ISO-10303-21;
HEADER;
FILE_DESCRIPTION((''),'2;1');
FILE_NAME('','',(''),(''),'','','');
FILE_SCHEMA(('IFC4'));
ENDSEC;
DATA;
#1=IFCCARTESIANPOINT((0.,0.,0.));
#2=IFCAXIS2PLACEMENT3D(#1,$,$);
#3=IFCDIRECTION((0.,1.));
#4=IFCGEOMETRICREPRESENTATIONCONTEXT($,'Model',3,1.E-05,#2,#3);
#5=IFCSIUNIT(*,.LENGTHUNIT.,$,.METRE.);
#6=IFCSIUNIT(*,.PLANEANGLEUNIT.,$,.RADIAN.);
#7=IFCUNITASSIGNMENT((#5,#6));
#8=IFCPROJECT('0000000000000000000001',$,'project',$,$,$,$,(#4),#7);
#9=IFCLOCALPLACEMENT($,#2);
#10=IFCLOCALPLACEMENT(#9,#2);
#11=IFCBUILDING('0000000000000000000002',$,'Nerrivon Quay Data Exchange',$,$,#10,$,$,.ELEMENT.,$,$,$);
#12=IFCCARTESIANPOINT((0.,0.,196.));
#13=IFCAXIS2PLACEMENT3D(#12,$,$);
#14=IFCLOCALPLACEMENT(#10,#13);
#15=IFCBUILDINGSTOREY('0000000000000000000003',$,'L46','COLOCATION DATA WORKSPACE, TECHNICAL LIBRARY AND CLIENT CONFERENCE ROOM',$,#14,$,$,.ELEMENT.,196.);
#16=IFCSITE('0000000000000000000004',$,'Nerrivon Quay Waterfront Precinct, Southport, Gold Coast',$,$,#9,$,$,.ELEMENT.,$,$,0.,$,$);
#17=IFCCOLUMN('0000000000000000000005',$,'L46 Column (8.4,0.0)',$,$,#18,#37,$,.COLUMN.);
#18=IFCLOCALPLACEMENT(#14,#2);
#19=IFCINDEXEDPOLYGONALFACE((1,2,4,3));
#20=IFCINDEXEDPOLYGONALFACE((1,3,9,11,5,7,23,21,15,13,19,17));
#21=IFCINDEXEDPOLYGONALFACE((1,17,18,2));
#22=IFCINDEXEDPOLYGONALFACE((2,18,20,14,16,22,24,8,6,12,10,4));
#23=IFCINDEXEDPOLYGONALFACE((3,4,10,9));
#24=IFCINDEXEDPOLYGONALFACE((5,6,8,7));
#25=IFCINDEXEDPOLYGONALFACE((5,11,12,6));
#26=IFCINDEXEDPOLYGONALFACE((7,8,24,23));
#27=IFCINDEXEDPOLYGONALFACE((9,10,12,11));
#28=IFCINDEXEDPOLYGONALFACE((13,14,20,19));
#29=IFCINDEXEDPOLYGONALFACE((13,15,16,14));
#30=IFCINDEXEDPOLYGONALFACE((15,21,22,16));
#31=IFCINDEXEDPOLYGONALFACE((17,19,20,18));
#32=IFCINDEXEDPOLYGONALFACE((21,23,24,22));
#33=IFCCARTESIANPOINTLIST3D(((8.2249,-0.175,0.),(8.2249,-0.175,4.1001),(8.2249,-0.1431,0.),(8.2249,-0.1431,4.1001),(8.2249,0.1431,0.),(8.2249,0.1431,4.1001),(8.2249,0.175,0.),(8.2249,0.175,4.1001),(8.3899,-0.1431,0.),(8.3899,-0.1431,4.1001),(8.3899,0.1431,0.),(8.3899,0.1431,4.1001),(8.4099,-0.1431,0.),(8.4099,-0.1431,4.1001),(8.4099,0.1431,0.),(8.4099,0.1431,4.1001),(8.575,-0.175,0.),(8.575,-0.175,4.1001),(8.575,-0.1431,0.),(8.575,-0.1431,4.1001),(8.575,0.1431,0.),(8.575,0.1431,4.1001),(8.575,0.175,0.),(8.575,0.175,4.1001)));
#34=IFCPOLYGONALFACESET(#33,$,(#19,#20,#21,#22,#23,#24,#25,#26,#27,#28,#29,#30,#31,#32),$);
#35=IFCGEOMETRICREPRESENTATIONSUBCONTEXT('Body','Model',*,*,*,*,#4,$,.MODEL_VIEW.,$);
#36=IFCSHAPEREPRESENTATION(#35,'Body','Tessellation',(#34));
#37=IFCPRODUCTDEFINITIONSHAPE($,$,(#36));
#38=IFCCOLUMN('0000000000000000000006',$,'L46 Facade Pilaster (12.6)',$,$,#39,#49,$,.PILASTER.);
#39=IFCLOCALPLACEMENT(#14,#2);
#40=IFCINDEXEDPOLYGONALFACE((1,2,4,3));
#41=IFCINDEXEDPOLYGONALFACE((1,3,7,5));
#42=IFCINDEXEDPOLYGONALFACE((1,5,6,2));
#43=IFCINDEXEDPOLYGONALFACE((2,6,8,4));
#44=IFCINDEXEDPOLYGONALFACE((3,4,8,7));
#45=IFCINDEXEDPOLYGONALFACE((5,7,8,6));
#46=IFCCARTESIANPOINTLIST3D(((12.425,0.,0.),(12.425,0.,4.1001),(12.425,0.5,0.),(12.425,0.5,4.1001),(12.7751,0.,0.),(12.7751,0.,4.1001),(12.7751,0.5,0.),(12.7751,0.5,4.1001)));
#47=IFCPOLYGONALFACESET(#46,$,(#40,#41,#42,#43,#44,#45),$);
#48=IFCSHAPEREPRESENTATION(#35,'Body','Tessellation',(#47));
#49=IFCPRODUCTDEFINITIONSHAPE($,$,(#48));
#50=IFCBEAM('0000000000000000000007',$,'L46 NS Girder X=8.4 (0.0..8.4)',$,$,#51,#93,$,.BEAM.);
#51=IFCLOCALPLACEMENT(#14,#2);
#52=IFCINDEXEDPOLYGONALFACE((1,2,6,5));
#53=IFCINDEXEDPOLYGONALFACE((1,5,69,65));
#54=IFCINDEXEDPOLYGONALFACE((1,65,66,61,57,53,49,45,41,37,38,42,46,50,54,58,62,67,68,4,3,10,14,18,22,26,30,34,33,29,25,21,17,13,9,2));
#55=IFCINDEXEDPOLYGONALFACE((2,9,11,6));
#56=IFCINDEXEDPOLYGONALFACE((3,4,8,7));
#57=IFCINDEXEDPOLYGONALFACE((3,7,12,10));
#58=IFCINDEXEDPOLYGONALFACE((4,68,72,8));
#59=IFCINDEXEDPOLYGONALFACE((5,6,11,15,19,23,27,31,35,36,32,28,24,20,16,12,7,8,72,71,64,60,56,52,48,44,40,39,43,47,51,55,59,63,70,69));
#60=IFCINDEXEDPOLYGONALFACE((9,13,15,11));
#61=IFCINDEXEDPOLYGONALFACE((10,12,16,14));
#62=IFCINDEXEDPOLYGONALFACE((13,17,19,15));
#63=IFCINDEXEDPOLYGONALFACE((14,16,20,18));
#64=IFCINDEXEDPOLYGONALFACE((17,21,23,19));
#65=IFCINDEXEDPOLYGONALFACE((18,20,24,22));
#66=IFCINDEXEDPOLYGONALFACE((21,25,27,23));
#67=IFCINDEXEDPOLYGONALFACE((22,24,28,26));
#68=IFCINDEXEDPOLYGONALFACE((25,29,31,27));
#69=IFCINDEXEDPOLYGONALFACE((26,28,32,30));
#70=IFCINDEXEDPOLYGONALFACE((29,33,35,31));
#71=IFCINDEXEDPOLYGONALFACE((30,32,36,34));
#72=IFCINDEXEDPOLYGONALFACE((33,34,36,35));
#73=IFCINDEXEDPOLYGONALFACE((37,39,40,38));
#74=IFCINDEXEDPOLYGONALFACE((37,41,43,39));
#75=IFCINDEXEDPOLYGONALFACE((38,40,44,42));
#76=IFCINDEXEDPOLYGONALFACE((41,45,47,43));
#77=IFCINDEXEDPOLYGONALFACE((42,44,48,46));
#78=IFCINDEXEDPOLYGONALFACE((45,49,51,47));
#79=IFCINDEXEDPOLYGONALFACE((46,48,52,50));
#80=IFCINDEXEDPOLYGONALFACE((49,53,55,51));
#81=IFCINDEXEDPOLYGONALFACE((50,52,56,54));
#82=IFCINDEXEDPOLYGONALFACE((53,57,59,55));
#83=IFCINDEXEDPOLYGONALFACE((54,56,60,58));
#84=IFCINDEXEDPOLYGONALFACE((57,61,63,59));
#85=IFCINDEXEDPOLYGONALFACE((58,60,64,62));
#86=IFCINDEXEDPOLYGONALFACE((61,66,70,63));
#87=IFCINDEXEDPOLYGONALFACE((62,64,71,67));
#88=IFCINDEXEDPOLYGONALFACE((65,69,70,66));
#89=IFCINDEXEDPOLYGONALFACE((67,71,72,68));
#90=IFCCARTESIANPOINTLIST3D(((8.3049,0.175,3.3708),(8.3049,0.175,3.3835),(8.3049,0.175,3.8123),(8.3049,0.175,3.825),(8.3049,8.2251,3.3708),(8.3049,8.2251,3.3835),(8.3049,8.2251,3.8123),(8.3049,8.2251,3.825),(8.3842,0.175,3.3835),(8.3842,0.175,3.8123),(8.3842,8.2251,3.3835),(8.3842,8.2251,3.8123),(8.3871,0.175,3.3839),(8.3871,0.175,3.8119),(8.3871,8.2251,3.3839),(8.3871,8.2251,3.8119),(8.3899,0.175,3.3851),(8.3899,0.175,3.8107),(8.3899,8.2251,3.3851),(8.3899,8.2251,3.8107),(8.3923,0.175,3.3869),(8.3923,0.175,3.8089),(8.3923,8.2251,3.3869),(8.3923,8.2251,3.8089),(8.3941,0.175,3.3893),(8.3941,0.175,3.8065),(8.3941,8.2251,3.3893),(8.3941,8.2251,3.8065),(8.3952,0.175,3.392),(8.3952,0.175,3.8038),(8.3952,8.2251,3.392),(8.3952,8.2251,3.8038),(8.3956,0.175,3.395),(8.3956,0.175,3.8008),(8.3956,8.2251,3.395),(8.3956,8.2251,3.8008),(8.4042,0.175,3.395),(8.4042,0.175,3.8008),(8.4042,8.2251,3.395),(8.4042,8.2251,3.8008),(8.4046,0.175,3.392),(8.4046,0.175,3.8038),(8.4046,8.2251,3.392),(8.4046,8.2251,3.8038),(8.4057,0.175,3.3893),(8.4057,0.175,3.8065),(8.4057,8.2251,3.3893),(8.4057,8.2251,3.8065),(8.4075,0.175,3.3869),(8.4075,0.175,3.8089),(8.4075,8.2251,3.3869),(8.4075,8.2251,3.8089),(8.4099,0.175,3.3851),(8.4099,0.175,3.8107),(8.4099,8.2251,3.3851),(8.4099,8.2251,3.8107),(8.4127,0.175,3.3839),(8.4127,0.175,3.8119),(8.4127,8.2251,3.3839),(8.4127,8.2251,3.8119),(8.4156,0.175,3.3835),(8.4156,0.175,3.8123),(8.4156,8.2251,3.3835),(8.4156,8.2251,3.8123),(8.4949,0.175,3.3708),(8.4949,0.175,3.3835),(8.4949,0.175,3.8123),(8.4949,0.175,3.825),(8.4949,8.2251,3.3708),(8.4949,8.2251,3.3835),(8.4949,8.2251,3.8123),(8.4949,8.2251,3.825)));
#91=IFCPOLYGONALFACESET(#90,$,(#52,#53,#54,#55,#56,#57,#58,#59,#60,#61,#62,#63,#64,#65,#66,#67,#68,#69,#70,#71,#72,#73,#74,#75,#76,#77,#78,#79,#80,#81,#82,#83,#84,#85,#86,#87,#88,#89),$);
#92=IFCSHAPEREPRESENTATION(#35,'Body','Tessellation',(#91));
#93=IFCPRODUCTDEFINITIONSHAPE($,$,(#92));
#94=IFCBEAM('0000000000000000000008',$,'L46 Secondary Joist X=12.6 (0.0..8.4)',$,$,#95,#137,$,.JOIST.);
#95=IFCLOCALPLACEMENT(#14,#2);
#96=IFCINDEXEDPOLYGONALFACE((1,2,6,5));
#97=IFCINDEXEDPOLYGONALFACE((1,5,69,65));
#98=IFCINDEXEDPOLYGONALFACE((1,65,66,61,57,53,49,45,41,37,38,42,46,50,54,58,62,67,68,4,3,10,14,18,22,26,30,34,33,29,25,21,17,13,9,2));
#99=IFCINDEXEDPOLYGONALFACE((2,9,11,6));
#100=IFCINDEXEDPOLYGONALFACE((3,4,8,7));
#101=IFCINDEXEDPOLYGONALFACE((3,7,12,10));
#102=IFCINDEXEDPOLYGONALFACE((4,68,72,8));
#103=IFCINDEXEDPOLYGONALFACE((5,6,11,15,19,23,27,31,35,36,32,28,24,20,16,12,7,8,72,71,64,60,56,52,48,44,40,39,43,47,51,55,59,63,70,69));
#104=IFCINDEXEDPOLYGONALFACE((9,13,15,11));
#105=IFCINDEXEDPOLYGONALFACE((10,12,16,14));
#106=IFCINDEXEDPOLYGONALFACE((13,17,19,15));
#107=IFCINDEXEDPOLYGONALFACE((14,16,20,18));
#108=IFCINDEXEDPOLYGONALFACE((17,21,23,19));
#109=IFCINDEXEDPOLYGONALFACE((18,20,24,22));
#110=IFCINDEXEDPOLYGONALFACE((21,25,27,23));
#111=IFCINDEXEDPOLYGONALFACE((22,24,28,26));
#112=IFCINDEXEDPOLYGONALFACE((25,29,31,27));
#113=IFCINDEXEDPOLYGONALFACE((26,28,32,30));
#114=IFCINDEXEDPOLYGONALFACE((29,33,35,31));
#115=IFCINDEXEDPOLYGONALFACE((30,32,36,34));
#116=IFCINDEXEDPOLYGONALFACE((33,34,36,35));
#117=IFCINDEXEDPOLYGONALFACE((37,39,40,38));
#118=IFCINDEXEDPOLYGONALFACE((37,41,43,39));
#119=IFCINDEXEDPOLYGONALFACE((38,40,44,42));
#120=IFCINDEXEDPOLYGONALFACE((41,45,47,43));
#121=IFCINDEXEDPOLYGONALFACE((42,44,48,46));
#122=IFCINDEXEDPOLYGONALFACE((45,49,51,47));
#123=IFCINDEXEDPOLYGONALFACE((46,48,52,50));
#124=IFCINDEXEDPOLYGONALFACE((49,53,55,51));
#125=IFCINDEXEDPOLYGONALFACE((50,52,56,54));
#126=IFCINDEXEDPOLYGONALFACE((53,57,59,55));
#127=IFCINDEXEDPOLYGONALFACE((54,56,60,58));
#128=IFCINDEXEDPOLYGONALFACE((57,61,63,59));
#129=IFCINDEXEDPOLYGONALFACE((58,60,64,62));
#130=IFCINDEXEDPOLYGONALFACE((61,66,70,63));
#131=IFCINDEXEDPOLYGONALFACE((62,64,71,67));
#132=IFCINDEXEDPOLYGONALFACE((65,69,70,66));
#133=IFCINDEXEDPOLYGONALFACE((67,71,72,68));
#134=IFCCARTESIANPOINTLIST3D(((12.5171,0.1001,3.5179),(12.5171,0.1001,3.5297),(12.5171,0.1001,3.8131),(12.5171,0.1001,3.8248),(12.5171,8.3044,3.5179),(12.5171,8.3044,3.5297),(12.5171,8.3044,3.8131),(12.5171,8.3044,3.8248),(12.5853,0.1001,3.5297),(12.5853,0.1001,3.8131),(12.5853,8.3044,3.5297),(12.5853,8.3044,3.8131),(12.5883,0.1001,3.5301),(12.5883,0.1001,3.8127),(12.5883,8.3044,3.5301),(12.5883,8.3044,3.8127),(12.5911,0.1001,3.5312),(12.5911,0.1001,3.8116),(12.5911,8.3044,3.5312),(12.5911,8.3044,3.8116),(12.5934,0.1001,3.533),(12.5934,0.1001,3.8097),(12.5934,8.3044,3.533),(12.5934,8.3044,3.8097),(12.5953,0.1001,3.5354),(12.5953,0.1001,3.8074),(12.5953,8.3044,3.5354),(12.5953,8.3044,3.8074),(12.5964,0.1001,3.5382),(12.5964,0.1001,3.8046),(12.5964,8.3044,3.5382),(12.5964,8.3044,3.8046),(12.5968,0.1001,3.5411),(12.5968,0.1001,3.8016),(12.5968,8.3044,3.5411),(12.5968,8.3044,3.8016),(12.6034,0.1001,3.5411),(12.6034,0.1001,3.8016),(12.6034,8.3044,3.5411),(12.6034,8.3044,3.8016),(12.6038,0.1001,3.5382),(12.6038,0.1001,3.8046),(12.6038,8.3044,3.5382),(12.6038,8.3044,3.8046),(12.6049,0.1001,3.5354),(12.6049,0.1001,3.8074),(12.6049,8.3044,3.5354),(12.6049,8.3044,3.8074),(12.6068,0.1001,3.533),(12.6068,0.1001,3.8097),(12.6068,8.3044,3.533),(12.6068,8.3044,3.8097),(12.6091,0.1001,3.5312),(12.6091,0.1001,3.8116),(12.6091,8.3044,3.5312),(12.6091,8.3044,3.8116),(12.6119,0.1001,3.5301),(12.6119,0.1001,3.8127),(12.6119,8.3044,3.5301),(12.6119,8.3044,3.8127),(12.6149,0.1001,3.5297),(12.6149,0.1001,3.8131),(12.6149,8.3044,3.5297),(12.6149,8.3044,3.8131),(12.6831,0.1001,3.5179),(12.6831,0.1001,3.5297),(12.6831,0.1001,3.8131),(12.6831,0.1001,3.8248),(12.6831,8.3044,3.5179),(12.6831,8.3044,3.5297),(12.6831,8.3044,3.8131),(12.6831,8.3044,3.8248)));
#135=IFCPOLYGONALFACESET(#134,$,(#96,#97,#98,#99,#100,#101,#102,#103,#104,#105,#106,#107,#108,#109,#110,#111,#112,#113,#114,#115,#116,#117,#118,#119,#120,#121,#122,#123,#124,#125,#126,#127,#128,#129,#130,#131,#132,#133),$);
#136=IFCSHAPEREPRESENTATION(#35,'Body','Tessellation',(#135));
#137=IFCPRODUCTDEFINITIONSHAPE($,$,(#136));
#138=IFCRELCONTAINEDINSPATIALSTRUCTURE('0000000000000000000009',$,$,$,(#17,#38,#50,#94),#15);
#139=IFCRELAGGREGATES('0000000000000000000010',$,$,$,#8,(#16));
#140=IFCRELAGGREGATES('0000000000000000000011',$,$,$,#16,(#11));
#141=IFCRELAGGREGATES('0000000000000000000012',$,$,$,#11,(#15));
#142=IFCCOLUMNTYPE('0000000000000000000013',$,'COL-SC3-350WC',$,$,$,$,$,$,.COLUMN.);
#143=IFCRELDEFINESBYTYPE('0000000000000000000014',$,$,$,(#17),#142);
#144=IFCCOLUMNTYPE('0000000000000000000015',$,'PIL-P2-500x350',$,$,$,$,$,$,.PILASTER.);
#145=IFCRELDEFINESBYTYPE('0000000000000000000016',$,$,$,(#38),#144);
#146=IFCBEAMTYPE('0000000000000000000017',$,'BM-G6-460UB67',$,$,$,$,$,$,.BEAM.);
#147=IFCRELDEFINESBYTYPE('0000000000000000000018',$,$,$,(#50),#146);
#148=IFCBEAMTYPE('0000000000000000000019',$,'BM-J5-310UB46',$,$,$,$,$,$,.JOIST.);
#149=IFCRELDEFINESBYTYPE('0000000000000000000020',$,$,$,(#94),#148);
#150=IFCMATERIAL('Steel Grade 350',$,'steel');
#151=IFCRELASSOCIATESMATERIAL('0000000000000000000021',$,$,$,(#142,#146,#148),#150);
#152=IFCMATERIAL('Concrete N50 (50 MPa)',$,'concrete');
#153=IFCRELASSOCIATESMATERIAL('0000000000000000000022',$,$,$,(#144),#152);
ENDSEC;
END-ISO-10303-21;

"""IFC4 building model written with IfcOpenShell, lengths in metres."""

from ifc_helpers import new_model, si_unit, direction, frame, origin, origin_2d, place, context, subcontext, project, spatial, rectangle, i_section, extrude, material, material_profile, profile_set, type_object, element, save


model = new_model("IFC4")

# Units and contexts
model_context = context("Model", 3, precision=1e-05, world=origin(), true_north=direction((0.0, 1.0)))
body_context = subcontext(model_context, "Body", "Model", "MODEL_VIEW")
ifc_project = project(units=[si_unit("LENGTHUNIT", "METRE"), si_unit("PLANEANGLEUNIT", "RADIAN")], contexts=[model_context])

# Site, building, storey
site_placement = place(None, origin())
site = spatial("IfcSite", under=ifc_project, at=site_placement, Name="Nerrivon Quay Waterfront Precinct, Southport, Gold Coast", CompositionType="ELEMENT", RefElevation=0.0)
building_placement = place(site_placement, origin())
building = spatial("IfcBuilding", under=site, at=building_placement, Name="Nerrivon Quay Data Exchange", CompositionType="ELEMENT")
storey_placement = place(building_placement, frame((0.0, 0.0, 196.0)))
storey = spatial("IfcBuildingStorey", under=building, at=storey_placement, Name="L46", Description="COLOCATION DATA WORKSPACE, TECHNICAL LIBRARY AND CLIENT CONFERENCE ROOM", CompositionType="ELEMENT", Elevation=196.0)

# Columns
ifc_material_1 = material(Name="Steel Grade 350", Category="steel")
ifc_material_profile_1 = material_profile(ifc_material_1, i_section(OverallWidth=0.3501, OverallDepth=0.3501, WebThickness=0.02, FlangeThickness=0.032, at=origin_2d()), Name="350WC230")
ifc_profile_set_1 = profile_set([ifc_material_profile_1], Name="Steel Grade 350")
column_type_1 = type_object("IfcColumnType", Name="COL-SC3-350WC", PredefinedType="COLUMN", material=ifc_profile_set_1)
column_1_placement = place(storey_placement, frame((8.3999, 0.0, 0.0), z_axis=(0.0, 0.0, 1.0), x_axis=(1.0, 0.0, 0.0)))
element("IfcColumn", 1, at=column_1_placement, inside=storey, type_object=column_type_1, Name="L46 Column (8.4,0.0)", PredefinedType="COLUMN", context=body_context, shape_type="SweptSolid", body=[
    extrude(i_section(OverallWidth=0.3501, OverallDepth=0.3501, WebThickness=0.02, FlangeThickness=0.032, at=origin_2d()), origin(), (0.0, 0.0, 1.0), 4.1001),
])
ifc_material_2 = material(Name="Concrete N50 (50 MPa)", Category="concrete")
ifc_material_profile_2 = material_profile(ifc_material_2, rectangle(XDim=0.3501, YDim=0.5, at=origin_2d()), Name="RC-PIL-500x350")
ifc_profile_set_2 = profile_set([ifc_material_profile_2], Name="Concrete N50 (50 MPa)")
column_type_2 = type_object("IfcColumnType", Name="PIL-P2-500x350", PredefinedType="PILASTER", material=ifc_profile_set_2)
column_2_placement = place(storey_placement, frame((12.6001, 0.25, 0.0), z_axis=(0.0, 0.0, 1.0), x_axis=(1.0, 0.0, 0.0)))
element("IfcColumn", 2, at=column_2_placement, inside=storey, type_object=column_type_2, Name="L46 Facade Pilaster (12.6)", PredefinedType="PILASTER", context=body_context, shape_type="SweptSolid", body=[
    extrude(rectangle(XDim=0.3501, YDim=0.5, at=origin_2d()), origin(), (0.0, 0.0, 1.0), 4.1001),
])

# Beams
ifc_material_profile_3 = material_profile(ifc_material_1, i_section(OverallWidth=0.1899, OverallDepth=0.4541, WebThickness=0.0085, FlangeThickness=0.0127, FilletRadius=0.0115, at=origin_2d()), Name="460UB67.1")
ifc_profile_set_3 = profile_set([ifc_material_profile_3], Name="Steel Grade 350")
beam_type_1 = type_object("IfcBeamType", Name="BM-G6-460UB67", PredefinedType="BEAM", material=ifc_profile_set_3)
beam_1_placement = place(storey_placement, frame((8.3999, 0.175, 3.5979), z_axis=(0.0, 1.0, 0.0), x_axis=(-1.0, 0.0, 0.0)))
element("IfcBeam", 3, at=beam_1_placement, inside=storey, type_object=beam_type_1, Name="L46 NS Girder X=8.4 (0.0..8.4)", PredefinedType="BEAM", context=body_context, shape_type="SweptSolid", body=[
    extrude(i_section(OverallWidth=0.1899, OverallDepth=0.4541, WebThickness=0.0085, FlangeThickness=0.0127, FilletRadius=0.0115, at=origin_2d()), origin(), (0.0, 0.0, 1.0), 8.05),
])
ifc_material_profile_4 = material_profile(ifc_material_1, i_section(OverallWidth=0.166, OverallDepth=0.3069, WebThickness=0.0066, FlangeThickness=0.0117, FilletRadius=0.0115, at=origin_2d()), Name="310UB46.2")
ifc_profile_set_4 = profile_set([ifc_material_profile_4], Name="Steel Grade 350")
beam_type_2 = type_object("IfcBeamType", Name="BM-J5-310UB46", PredefinedType="JOIST", material=ifc_profile_set_4)
beam_2_placement = place(storey_placement, frame((12.6001, 0.1001, 3.6714), z_axis=(0.0, 1.0, 0.0), x_axis=(-1.0, 0.0, 0.0)))
element("IfcBeam", 4, at=beam_2_placement, inside=storey, type_object=beam_type_2, Name="L46 Secondary Joist X=12.6 (0.0..8.4)", PredefinedType="JOIST", context=body_context, shape_type="SweptSolid", body=[
    extrude(i_section(OverallWidth=0.166, OverallDepth=0.3069, WebThickness=0.0066, FlangeThickness=0.0117, FilletRadius=0.0115, at=origin_2d()), origin(), (0.0, 0.0, 1.0), 8.2043),
])

save(model, "model.ifc")
